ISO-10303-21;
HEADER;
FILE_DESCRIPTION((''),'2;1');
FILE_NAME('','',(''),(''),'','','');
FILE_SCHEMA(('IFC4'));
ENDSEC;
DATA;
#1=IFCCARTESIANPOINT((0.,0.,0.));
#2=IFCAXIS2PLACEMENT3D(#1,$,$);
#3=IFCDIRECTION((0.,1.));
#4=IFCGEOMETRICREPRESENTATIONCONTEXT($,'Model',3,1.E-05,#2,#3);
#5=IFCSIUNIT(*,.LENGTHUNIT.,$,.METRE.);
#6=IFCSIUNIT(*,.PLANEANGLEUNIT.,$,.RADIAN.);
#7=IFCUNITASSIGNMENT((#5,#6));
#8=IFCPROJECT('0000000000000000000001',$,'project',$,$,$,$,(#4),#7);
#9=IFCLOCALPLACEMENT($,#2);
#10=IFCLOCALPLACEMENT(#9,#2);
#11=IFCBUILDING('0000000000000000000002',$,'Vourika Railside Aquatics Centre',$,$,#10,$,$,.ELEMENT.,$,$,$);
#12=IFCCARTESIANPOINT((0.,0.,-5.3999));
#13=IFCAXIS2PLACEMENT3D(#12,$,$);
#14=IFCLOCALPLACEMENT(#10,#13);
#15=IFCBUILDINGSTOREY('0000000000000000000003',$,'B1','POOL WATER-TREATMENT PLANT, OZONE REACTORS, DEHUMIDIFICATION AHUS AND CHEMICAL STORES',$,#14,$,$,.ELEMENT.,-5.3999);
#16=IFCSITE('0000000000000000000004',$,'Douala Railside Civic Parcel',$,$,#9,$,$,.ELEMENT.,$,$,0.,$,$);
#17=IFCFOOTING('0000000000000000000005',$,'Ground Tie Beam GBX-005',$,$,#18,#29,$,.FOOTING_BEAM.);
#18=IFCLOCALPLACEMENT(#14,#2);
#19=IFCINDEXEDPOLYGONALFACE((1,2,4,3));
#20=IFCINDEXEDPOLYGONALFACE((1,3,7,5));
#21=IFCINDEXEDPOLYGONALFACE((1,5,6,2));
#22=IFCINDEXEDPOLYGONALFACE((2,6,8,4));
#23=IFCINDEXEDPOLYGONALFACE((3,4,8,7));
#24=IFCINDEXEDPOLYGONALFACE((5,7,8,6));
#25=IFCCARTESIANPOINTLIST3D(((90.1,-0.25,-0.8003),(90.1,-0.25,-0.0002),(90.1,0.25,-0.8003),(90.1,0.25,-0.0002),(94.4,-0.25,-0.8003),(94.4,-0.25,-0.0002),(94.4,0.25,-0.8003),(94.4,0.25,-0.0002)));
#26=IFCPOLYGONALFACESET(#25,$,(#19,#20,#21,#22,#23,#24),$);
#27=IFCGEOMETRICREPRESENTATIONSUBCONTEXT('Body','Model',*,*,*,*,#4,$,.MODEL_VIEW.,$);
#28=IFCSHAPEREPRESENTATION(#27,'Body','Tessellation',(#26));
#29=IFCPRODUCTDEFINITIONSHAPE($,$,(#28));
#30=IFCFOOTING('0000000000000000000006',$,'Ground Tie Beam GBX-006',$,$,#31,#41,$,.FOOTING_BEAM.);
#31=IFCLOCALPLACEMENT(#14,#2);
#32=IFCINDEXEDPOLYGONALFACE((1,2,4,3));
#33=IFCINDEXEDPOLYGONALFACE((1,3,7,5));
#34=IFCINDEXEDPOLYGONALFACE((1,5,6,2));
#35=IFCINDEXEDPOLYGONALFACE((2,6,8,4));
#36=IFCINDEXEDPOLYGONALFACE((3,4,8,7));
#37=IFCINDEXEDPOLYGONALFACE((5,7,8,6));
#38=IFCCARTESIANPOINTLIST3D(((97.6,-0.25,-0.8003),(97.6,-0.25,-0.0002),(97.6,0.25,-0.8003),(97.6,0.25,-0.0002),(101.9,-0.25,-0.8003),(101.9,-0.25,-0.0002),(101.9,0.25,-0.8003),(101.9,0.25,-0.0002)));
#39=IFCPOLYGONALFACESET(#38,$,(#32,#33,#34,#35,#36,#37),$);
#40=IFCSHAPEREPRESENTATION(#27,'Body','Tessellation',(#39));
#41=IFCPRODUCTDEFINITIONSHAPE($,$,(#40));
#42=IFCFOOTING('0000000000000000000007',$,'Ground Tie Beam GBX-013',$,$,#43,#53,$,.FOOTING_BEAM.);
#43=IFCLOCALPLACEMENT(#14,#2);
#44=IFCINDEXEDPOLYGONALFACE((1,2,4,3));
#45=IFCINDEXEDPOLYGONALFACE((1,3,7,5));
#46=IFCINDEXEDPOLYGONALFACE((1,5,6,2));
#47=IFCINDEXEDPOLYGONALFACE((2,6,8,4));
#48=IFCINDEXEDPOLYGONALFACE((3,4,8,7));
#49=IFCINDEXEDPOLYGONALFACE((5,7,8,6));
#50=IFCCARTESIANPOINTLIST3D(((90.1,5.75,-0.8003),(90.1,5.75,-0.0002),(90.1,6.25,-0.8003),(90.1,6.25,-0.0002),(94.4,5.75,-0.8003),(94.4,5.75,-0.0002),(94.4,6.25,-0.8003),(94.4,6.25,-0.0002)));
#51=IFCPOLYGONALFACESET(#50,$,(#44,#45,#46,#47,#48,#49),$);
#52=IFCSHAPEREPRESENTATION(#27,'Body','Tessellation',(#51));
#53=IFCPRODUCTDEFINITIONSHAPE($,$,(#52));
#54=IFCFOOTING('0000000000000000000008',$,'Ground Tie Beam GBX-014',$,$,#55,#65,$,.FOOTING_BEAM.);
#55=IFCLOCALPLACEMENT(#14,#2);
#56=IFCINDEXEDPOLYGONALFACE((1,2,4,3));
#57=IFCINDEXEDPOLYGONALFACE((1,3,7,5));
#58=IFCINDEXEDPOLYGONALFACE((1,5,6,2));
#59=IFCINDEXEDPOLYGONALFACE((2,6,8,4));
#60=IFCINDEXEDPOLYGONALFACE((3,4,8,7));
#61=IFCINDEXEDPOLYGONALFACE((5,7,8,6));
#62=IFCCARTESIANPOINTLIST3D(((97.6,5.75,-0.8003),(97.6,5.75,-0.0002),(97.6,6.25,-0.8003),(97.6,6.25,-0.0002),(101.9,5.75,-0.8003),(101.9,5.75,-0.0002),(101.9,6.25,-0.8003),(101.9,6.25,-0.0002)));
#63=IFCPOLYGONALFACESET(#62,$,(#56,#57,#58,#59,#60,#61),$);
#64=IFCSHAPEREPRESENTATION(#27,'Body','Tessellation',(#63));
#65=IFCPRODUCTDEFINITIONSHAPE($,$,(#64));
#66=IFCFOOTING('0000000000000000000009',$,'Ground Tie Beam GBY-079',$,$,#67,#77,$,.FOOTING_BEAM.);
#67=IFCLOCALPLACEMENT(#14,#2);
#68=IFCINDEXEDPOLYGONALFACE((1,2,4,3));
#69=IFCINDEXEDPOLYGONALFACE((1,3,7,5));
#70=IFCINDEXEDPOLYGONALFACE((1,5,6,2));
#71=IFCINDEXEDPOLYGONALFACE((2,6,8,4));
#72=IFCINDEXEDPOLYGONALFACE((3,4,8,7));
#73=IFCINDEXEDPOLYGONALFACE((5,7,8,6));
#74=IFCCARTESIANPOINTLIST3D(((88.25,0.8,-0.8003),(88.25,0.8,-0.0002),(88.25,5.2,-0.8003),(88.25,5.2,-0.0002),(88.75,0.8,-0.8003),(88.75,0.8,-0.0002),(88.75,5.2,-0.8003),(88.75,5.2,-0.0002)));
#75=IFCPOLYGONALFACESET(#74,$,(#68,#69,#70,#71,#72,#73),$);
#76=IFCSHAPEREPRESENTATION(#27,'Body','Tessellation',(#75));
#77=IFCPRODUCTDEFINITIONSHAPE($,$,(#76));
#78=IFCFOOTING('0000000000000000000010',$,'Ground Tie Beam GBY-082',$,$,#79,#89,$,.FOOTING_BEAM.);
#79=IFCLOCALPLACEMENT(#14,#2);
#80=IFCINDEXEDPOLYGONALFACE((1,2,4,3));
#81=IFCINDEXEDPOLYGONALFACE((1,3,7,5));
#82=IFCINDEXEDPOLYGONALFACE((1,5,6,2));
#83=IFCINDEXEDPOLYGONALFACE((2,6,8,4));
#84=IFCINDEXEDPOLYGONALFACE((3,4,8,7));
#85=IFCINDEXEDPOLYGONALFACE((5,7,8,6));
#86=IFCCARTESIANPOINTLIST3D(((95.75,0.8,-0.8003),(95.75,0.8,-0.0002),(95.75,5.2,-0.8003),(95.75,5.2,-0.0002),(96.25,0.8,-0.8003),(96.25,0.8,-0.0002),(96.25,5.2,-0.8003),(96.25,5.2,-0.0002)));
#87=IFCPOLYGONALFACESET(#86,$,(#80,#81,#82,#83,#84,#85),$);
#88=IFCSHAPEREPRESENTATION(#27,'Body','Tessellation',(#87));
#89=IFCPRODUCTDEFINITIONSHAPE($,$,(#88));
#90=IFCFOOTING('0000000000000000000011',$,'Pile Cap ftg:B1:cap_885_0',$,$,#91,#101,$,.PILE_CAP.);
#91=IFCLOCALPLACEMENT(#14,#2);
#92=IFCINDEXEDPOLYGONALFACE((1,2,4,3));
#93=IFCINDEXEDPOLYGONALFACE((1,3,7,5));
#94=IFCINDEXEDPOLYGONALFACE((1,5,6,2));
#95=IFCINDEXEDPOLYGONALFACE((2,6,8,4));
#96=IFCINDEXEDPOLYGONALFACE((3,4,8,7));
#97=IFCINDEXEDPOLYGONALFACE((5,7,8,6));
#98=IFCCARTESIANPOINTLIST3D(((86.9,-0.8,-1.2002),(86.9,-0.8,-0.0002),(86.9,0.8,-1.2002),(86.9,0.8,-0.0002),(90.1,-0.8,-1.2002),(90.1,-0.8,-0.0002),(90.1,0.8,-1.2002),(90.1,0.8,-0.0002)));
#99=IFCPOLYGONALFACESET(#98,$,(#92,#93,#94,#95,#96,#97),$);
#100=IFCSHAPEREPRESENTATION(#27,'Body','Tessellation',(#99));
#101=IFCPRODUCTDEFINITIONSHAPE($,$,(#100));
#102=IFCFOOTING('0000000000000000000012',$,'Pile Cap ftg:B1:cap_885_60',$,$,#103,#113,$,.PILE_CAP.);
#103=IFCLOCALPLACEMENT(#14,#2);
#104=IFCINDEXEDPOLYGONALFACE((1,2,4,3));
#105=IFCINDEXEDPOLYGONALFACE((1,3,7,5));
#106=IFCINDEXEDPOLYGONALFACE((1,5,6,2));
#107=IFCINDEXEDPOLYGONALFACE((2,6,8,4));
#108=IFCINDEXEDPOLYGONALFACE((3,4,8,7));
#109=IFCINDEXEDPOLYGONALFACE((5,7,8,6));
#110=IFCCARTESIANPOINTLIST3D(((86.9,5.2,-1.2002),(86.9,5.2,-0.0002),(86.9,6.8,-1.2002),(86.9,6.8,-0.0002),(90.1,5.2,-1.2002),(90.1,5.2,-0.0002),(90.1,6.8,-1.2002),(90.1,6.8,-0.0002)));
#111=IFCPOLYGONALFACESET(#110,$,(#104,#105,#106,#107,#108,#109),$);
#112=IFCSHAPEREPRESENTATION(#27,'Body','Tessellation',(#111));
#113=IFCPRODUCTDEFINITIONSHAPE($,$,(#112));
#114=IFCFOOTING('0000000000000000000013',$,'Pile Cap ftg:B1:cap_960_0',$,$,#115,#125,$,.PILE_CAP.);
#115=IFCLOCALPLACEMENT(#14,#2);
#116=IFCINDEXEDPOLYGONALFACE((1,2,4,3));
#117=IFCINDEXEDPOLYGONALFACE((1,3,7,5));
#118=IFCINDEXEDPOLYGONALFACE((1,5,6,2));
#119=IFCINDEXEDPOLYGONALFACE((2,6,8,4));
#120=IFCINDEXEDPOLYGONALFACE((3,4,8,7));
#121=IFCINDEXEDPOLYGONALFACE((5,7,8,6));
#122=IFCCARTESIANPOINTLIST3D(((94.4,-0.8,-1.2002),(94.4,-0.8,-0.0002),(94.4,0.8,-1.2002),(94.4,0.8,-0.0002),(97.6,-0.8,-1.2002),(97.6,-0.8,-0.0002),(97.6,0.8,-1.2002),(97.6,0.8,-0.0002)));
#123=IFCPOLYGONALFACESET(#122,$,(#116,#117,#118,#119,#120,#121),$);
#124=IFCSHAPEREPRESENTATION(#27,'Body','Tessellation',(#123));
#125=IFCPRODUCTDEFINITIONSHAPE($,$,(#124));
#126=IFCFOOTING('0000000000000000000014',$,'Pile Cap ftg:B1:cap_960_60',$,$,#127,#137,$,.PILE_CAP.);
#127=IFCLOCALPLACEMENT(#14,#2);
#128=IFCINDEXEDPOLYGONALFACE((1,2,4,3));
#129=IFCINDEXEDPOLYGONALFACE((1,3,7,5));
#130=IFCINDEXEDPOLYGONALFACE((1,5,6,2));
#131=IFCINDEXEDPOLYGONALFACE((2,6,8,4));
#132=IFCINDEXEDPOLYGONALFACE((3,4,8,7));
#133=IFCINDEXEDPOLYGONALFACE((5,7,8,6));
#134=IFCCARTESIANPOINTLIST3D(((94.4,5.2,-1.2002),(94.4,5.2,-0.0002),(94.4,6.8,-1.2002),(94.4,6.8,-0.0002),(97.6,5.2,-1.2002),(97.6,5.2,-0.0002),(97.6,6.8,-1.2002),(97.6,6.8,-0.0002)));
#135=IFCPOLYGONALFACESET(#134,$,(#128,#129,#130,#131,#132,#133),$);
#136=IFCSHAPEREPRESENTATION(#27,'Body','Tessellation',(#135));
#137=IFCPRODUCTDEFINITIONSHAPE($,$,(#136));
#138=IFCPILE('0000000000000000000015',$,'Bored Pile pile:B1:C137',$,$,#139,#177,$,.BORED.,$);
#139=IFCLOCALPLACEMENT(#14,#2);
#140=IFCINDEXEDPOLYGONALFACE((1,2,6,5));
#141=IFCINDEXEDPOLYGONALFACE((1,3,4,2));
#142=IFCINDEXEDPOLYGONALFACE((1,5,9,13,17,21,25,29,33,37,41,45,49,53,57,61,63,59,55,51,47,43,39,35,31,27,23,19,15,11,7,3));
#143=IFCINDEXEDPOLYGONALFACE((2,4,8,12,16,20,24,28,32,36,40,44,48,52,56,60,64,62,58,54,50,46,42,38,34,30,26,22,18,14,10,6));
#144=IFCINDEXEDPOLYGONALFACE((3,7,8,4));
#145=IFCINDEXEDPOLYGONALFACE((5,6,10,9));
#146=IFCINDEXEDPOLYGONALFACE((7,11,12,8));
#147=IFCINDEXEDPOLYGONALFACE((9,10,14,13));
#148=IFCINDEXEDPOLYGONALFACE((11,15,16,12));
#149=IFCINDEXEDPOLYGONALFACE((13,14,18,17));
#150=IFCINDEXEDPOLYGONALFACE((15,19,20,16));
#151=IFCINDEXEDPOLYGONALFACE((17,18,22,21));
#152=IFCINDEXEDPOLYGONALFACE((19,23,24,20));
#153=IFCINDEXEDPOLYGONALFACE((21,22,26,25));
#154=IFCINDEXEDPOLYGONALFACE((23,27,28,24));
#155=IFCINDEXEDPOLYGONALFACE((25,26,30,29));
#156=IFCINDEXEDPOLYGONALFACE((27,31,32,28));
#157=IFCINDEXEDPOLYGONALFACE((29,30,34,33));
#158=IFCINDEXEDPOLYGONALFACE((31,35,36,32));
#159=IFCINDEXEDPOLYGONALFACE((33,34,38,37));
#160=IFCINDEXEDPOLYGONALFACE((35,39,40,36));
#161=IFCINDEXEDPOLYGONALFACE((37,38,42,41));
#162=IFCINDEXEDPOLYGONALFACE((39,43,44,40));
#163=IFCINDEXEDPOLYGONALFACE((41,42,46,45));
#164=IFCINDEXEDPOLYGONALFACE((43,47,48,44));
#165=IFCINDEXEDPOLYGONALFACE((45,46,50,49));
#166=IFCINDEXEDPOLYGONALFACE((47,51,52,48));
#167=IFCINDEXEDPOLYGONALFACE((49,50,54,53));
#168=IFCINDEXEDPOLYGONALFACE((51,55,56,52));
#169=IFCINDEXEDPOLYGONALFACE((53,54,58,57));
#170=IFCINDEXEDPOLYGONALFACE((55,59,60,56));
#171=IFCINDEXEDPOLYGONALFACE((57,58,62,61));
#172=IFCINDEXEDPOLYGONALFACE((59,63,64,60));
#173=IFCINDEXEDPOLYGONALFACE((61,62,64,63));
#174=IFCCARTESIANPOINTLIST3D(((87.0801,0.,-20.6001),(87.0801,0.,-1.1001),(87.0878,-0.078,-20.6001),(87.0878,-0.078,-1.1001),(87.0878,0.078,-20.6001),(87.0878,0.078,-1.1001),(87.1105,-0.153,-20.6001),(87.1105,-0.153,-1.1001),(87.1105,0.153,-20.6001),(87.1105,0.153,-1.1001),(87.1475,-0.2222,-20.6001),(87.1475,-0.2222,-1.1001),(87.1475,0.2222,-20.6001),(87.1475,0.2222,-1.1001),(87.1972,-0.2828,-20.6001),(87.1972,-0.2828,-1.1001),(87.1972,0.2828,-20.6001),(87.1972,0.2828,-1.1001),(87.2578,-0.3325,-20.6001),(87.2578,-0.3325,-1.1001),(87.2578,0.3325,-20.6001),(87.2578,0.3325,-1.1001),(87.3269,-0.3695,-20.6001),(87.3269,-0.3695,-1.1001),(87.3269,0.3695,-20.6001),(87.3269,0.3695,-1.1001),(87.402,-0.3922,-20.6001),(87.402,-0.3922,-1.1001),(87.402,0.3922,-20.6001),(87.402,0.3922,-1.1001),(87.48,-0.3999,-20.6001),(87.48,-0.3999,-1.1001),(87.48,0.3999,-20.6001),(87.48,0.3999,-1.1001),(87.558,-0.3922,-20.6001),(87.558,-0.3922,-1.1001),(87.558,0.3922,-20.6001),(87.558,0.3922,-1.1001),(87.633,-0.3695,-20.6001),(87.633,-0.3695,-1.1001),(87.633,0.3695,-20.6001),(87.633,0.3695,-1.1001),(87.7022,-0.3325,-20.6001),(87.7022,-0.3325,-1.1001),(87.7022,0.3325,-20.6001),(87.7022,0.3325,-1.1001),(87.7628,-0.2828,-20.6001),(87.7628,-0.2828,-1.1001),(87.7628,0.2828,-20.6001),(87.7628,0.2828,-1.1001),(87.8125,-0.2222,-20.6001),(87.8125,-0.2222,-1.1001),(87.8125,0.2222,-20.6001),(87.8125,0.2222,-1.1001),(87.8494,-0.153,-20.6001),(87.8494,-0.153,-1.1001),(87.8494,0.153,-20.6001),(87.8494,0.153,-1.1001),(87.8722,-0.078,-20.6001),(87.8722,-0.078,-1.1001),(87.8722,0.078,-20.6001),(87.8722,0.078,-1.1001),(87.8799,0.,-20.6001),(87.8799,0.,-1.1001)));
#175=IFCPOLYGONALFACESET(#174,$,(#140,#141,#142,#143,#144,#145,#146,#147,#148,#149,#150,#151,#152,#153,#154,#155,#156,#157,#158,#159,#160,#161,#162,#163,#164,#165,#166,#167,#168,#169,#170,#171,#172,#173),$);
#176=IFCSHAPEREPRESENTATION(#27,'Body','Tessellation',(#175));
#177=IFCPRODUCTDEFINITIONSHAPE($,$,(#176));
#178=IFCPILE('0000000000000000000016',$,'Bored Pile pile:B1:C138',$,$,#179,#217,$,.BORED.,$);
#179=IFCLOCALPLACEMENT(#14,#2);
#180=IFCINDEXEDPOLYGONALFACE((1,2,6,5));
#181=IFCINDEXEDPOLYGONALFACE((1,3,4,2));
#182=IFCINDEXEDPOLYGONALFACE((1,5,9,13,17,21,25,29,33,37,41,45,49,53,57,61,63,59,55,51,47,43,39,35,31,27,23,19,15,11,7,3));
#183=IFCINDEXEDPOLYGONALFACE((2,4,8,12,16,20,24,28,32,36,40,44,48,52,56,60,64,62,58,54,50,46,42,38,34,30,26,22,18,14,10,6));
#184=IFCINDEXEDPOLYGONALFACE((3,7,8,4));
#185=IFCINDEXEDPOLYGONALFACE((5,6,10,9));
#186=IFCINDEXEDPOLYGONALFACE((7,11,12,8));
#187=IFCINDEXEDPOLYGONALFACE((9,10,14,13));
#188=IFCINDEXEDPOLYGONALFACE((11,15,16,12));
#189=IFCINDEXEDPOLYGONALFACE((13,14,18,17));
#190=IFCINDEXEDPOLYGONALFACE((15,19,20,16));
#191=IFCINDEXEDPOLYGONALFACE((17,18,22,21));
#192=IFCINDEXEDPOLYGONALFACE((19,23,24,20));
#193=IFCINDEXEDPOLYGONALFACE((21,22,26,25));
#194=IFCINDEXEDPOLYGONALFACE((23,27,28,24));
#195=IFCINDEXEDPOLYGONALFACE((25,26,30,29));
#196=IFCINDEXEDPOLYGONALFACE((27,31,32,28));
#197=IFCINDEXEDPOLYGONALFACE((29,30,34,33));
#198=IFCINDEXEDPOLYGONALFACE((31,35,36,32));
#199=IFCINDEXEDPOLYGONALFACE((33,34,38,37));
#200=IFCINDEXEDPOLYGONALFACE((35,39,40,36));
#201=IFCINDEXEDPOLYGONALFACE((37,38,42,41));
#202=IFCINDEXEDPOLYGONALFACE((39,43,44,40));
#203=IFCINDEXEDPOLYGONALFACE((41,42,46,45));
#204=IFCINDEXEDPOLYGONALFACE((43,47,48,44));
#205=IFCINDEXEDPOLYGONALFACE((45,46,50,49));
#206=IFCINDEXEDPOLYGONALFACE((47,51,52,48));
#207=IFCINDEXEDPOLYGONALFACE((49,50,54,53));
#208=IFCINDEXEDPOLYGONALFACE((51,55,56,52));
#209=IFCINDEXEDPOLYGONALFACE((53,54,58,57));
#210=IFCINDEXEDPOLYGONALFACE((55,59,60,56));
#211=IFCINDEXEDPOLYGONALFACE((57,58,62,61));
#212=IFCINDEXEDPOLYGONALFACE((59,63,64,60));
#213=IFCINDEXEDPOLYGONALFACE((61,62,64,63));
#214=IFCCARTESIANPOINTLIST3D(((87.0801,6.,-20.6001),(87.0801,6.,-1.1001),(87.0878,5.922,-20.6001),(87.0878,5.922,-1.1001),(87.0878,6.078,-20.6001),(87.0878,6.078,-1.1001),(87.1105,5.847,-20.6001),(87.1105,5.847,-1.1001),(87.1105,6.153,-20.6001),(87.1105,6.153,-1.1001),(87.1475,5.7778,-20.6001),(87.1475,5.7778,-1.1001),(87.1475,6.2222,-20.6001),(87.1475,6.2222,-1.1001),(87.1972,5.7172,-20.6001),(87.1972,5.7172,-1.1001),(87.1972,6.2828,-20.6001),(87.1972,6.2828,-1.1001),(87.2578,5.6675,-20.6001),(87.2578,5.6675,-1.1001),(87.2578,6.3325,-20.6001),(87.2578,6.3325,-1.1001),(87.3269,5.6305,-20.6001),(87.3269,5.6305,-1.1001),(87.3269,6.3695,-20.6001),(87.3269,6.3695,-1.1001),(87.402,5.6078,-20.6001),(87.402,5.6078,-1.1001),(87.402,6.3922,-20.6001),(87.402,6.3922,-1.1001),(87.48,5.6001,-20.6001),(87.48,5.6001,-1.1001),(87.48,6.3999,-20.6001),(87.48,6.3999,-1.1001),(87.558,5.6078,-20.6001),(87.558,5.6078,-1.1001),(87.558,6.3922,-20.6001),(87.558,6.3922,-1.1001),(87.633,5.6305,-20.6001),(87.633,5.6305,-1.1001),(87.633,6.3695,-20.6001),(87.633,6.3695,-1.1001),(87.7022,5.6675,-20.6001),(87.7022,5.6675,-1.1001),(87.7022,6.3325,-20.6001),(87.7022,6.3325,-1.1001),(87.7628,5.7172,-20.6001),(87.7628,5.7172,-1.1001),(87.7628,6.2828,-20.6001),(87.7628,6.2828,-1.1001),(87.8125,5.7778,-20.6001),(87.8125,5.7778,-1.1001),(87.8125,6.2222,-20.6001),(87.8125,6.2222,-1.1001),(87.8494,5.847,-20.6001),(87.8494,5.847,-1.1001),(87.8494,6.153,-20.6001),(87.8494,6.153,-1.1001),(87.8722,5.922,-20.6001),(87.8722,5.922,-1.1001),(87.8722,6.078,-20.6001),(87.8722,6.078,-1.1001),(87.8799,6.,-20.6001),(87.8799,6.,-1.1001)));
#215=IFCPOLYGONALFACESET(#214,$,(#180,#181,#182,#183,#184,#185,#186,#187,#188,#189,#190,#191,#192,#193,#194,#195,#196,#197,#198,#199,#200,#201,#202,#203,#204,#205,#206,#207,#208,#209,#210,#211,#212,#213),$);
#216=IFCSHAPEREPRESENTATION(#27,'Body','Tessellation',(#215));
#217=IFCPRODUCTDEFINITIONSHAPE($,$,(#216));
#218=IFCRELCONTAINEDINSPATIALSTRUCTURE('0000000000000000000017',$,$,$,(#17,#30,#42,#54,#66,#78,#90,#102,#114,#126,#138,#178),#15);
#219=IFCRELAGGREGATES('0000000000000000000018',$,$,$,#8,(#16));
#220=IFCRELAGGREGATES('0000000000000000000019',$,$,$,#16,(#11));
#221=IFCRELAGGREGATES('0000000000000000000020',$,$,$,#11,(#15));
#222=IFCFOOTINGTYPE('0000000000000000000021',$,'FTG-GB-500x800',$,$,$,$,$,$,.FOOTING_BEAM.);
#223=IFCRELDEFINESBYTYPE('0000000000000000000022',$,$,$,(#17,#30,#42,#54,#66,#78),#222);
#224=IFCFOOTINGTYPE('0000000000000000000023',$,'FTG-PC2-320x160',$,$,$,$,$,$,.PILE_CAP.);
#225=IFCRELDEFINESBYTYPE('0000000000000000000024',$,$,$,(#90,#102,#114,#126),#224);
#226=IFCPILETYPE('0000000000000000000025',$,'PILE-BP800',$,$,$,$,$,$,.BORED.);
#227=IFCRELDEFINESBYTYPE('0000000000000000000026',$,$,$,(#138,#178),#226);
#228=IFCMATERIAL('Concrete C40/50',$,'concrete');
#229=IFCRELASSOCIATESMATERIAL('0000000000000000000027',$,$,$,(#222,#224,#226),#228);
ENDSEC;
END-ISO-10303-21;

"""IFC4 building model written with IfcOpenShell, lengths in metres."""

from ifc_helpers import new_model, si_unit, direction, frame, origin, origin_2d, place, context, subcontext, project, spatial, rectangle, circle, extrude, material, material_profile, profile_set, type_object, element, save


model = new_model("IFC4")

# Units and contexts
model_context = context("Model", 3, precision=1e-05, world=origin(), true_north=direction((0.0, 1.0)))
body_context = subcontext(model_context, "Body", "Model", "MODEL_VIEW")
ifc_project = project(units=[si_unit("LENGTHUNIT", "METRE"), si_unit("PLANEANGLEUNIT", "RADIAN")], contexts=[model_context])

# Site, building, storey
site_placement = place(None, origin())
site = spatial("IfcSite", under=ifc_project, at=site_placement, Name="Douala Railside Civic Parcel", CompositionType="ELEMENT", RefElevation=0.0)
building_placement = place(site_placement, origin())
building = spatial("IfcBuilding", under=site, at=building_placement, Name="Vourika Railside Aquatics Centre", CompositionType="ELEMENT")
storey_placement = place(building_placement, frame((0.0, 0.0, -5.3999)))
storey = spatial("IfcBuildingStorey", under=building, at=storey_placement, Name="B1", Description="POOL WATER-TREATMENT PLANT, OZONE REACTORS, DEHUMIDIFICATION AHUS AND CHEMICAL STORES", CompositionType="ELEMENT", Elevation=-5.3999)

# Footings
ifc_material_1 = material(Name="Concrete C40/50", Category="concrete")
footing_type_1 = type_object("IfcFootingType", Name="FTG-GB-500x800", PredefinedType="FOOTING_BEAM", material=ifc_material_1)
for number, where, z_axis, x_axis, name in (
    (1, (92.25, 0.0, -0.8003), (0.0, 0.0, 1.0), (1.0, 0.0, 0.0), "Ground Tie Beam GBX-005"),
    (2, (99.75, 0.0, -0.8003), (0.0, 0.0, 1.0), (1.0, 0.0, 0.0), "Ground Tie Beam GBX-006"),
    (3, (92.25, 6.0, -0.8003), (0.0, 0.0, 1.0), (1.0, 0.0, 0.0), "Ground Tie Beam GBX-013"),
    (4, (99.75, 6.0, -0.8003), (0.0, 0.0, 1.0), (1.0, 0.0, 0.0), "Ground Tie Beam GBX-014"),
):
    element("IfcFooting", number, at=place(storey_placement, frame(where, z_axis=z_axis, x_axis=x_axis)), inside=storey, type_object=footing_type_1, Name=name, PredefinedType="FOOTING_BEAM", context=body_context, shape_type="SweptSolid", body=[
        extrude(rectangle(XDim=4.3, YDim=0.5, at=origin_2d()), origin(), (0.0, 0.0, 1.0), 0.8),
    ])
for number, where, z_axis, x_axis, name in (
    (5, (88.5, 3.0, -0.8003), (0.0, 0.0, 1.0), (0.0, 1.0, 0.0), "Ground Tie Beam GBY-079"),
    (6, (96.0, 3.0, -0.8003), (0.0, 0.0, 1.0), (0.0, 1.0, 0.0), "Ground Tie Beam GBY-082"),
):
    element("IfcFooting", number, at=place(storey_placement, frame(where, z_axis=z_axis, x_axis=x_axis)), inside=storey, type_object=footing_type_1, Name=name, PredefinedType="FOOTING_BEAM", context=body_context, shape_type="SweptSolid", body=[
        extrude(rectangle(XDim=4.3999, YDim=0.5, at=origin_2d()), origin(), (0.0, 0.0, 1.0), 0.8),
    ])
footing_type_2 = type_object("IfcFootingType", Name="FTG-PC2-320x160", PredefinedType="PILE_CAP", material=ifc_material_1)
for number, where, z_axis, x_axis, name in (
    (7, (88.5, 0.0, -1.2002), (0.0, 0.0, 1.0), (1.0, 0.0, 0.0), "Pile Cap ftg:B1:cap_885_0"),
    (8, (88.5, 6.0, -1.2002), (0.0, 0.0, 1.0), (1.0, 0.0, 0.0), "Pile Cap ftg:B1:cap_885_60"),
    (9, (96.0, 0.0, -1.2002), (0.0, 0.0, 1.0), (1.0, 0.0, 0.0), "Pile Cap ftg:B1:cap_960_0"),
    (10, (96.0, 6.0, -1.2002), (0.0, 0.0, 1.0), (1.0, 0.0, 0.0), "Pile Cap ftg:B1:cap_960_60"),
):
    element("IfcFooting", number, at=place(storey_placement, frame(where, z_axis=z_axis, x_axis=x_axis)), inside=storey, type_object=footing_type_2, Name=name, PredefinedType="PILE_CAP", context=body_context, shape_type="SweptSolid", body=[
        extrude(rectangle(XDim=3.2, YDim=1.6001, at=origin_2d()), origin(), (0.0, 0.0, 1.0), 1.2),
    ])

# Piles
ifc_material_profile_1 = material_profile(ifc_material_1, circle(Radius=0.3999, at=origin_2d()), Name="BP 800")
ifc_profile_set_1 = profile_set([ifc_material_profile_1], Name="Concrete C40/50")
pile_type_1 = type_object("IfcPileType", Name="PILE-BP800", PredefinedType="BORED", material=ifc_profile_set_1)
for number, where, z_axis, x_axis, name in (
    (11, (87.48, 0.0, -1.1001), (0.0, 0.0, -1.0), (1.0, 0.0, 0.0), "Bored Pile pile:B1:C137"),
    (12, (87.48, 6.0, -1.1001), (0.0, 0.0, -1.0), (1.0, 0.0, 0.0), "Bored Pile pile:B1:C138"),
):
    element("IfcPile", number, at=place(storey_placement, frame(where, z_axis=z_axis, x_axis=x_axis)), inside=storey, type_object=pile_type_1, Name=name, PredefinedType="BORED", context=body_context, shape_type="SweptSolid", body=[
        extrude(circle(Radius=0.3999, at=origin_2d()), origin(), (0.0, 0.0, 1.0), 19.5),
    ])

save(model, "model.ifc")
